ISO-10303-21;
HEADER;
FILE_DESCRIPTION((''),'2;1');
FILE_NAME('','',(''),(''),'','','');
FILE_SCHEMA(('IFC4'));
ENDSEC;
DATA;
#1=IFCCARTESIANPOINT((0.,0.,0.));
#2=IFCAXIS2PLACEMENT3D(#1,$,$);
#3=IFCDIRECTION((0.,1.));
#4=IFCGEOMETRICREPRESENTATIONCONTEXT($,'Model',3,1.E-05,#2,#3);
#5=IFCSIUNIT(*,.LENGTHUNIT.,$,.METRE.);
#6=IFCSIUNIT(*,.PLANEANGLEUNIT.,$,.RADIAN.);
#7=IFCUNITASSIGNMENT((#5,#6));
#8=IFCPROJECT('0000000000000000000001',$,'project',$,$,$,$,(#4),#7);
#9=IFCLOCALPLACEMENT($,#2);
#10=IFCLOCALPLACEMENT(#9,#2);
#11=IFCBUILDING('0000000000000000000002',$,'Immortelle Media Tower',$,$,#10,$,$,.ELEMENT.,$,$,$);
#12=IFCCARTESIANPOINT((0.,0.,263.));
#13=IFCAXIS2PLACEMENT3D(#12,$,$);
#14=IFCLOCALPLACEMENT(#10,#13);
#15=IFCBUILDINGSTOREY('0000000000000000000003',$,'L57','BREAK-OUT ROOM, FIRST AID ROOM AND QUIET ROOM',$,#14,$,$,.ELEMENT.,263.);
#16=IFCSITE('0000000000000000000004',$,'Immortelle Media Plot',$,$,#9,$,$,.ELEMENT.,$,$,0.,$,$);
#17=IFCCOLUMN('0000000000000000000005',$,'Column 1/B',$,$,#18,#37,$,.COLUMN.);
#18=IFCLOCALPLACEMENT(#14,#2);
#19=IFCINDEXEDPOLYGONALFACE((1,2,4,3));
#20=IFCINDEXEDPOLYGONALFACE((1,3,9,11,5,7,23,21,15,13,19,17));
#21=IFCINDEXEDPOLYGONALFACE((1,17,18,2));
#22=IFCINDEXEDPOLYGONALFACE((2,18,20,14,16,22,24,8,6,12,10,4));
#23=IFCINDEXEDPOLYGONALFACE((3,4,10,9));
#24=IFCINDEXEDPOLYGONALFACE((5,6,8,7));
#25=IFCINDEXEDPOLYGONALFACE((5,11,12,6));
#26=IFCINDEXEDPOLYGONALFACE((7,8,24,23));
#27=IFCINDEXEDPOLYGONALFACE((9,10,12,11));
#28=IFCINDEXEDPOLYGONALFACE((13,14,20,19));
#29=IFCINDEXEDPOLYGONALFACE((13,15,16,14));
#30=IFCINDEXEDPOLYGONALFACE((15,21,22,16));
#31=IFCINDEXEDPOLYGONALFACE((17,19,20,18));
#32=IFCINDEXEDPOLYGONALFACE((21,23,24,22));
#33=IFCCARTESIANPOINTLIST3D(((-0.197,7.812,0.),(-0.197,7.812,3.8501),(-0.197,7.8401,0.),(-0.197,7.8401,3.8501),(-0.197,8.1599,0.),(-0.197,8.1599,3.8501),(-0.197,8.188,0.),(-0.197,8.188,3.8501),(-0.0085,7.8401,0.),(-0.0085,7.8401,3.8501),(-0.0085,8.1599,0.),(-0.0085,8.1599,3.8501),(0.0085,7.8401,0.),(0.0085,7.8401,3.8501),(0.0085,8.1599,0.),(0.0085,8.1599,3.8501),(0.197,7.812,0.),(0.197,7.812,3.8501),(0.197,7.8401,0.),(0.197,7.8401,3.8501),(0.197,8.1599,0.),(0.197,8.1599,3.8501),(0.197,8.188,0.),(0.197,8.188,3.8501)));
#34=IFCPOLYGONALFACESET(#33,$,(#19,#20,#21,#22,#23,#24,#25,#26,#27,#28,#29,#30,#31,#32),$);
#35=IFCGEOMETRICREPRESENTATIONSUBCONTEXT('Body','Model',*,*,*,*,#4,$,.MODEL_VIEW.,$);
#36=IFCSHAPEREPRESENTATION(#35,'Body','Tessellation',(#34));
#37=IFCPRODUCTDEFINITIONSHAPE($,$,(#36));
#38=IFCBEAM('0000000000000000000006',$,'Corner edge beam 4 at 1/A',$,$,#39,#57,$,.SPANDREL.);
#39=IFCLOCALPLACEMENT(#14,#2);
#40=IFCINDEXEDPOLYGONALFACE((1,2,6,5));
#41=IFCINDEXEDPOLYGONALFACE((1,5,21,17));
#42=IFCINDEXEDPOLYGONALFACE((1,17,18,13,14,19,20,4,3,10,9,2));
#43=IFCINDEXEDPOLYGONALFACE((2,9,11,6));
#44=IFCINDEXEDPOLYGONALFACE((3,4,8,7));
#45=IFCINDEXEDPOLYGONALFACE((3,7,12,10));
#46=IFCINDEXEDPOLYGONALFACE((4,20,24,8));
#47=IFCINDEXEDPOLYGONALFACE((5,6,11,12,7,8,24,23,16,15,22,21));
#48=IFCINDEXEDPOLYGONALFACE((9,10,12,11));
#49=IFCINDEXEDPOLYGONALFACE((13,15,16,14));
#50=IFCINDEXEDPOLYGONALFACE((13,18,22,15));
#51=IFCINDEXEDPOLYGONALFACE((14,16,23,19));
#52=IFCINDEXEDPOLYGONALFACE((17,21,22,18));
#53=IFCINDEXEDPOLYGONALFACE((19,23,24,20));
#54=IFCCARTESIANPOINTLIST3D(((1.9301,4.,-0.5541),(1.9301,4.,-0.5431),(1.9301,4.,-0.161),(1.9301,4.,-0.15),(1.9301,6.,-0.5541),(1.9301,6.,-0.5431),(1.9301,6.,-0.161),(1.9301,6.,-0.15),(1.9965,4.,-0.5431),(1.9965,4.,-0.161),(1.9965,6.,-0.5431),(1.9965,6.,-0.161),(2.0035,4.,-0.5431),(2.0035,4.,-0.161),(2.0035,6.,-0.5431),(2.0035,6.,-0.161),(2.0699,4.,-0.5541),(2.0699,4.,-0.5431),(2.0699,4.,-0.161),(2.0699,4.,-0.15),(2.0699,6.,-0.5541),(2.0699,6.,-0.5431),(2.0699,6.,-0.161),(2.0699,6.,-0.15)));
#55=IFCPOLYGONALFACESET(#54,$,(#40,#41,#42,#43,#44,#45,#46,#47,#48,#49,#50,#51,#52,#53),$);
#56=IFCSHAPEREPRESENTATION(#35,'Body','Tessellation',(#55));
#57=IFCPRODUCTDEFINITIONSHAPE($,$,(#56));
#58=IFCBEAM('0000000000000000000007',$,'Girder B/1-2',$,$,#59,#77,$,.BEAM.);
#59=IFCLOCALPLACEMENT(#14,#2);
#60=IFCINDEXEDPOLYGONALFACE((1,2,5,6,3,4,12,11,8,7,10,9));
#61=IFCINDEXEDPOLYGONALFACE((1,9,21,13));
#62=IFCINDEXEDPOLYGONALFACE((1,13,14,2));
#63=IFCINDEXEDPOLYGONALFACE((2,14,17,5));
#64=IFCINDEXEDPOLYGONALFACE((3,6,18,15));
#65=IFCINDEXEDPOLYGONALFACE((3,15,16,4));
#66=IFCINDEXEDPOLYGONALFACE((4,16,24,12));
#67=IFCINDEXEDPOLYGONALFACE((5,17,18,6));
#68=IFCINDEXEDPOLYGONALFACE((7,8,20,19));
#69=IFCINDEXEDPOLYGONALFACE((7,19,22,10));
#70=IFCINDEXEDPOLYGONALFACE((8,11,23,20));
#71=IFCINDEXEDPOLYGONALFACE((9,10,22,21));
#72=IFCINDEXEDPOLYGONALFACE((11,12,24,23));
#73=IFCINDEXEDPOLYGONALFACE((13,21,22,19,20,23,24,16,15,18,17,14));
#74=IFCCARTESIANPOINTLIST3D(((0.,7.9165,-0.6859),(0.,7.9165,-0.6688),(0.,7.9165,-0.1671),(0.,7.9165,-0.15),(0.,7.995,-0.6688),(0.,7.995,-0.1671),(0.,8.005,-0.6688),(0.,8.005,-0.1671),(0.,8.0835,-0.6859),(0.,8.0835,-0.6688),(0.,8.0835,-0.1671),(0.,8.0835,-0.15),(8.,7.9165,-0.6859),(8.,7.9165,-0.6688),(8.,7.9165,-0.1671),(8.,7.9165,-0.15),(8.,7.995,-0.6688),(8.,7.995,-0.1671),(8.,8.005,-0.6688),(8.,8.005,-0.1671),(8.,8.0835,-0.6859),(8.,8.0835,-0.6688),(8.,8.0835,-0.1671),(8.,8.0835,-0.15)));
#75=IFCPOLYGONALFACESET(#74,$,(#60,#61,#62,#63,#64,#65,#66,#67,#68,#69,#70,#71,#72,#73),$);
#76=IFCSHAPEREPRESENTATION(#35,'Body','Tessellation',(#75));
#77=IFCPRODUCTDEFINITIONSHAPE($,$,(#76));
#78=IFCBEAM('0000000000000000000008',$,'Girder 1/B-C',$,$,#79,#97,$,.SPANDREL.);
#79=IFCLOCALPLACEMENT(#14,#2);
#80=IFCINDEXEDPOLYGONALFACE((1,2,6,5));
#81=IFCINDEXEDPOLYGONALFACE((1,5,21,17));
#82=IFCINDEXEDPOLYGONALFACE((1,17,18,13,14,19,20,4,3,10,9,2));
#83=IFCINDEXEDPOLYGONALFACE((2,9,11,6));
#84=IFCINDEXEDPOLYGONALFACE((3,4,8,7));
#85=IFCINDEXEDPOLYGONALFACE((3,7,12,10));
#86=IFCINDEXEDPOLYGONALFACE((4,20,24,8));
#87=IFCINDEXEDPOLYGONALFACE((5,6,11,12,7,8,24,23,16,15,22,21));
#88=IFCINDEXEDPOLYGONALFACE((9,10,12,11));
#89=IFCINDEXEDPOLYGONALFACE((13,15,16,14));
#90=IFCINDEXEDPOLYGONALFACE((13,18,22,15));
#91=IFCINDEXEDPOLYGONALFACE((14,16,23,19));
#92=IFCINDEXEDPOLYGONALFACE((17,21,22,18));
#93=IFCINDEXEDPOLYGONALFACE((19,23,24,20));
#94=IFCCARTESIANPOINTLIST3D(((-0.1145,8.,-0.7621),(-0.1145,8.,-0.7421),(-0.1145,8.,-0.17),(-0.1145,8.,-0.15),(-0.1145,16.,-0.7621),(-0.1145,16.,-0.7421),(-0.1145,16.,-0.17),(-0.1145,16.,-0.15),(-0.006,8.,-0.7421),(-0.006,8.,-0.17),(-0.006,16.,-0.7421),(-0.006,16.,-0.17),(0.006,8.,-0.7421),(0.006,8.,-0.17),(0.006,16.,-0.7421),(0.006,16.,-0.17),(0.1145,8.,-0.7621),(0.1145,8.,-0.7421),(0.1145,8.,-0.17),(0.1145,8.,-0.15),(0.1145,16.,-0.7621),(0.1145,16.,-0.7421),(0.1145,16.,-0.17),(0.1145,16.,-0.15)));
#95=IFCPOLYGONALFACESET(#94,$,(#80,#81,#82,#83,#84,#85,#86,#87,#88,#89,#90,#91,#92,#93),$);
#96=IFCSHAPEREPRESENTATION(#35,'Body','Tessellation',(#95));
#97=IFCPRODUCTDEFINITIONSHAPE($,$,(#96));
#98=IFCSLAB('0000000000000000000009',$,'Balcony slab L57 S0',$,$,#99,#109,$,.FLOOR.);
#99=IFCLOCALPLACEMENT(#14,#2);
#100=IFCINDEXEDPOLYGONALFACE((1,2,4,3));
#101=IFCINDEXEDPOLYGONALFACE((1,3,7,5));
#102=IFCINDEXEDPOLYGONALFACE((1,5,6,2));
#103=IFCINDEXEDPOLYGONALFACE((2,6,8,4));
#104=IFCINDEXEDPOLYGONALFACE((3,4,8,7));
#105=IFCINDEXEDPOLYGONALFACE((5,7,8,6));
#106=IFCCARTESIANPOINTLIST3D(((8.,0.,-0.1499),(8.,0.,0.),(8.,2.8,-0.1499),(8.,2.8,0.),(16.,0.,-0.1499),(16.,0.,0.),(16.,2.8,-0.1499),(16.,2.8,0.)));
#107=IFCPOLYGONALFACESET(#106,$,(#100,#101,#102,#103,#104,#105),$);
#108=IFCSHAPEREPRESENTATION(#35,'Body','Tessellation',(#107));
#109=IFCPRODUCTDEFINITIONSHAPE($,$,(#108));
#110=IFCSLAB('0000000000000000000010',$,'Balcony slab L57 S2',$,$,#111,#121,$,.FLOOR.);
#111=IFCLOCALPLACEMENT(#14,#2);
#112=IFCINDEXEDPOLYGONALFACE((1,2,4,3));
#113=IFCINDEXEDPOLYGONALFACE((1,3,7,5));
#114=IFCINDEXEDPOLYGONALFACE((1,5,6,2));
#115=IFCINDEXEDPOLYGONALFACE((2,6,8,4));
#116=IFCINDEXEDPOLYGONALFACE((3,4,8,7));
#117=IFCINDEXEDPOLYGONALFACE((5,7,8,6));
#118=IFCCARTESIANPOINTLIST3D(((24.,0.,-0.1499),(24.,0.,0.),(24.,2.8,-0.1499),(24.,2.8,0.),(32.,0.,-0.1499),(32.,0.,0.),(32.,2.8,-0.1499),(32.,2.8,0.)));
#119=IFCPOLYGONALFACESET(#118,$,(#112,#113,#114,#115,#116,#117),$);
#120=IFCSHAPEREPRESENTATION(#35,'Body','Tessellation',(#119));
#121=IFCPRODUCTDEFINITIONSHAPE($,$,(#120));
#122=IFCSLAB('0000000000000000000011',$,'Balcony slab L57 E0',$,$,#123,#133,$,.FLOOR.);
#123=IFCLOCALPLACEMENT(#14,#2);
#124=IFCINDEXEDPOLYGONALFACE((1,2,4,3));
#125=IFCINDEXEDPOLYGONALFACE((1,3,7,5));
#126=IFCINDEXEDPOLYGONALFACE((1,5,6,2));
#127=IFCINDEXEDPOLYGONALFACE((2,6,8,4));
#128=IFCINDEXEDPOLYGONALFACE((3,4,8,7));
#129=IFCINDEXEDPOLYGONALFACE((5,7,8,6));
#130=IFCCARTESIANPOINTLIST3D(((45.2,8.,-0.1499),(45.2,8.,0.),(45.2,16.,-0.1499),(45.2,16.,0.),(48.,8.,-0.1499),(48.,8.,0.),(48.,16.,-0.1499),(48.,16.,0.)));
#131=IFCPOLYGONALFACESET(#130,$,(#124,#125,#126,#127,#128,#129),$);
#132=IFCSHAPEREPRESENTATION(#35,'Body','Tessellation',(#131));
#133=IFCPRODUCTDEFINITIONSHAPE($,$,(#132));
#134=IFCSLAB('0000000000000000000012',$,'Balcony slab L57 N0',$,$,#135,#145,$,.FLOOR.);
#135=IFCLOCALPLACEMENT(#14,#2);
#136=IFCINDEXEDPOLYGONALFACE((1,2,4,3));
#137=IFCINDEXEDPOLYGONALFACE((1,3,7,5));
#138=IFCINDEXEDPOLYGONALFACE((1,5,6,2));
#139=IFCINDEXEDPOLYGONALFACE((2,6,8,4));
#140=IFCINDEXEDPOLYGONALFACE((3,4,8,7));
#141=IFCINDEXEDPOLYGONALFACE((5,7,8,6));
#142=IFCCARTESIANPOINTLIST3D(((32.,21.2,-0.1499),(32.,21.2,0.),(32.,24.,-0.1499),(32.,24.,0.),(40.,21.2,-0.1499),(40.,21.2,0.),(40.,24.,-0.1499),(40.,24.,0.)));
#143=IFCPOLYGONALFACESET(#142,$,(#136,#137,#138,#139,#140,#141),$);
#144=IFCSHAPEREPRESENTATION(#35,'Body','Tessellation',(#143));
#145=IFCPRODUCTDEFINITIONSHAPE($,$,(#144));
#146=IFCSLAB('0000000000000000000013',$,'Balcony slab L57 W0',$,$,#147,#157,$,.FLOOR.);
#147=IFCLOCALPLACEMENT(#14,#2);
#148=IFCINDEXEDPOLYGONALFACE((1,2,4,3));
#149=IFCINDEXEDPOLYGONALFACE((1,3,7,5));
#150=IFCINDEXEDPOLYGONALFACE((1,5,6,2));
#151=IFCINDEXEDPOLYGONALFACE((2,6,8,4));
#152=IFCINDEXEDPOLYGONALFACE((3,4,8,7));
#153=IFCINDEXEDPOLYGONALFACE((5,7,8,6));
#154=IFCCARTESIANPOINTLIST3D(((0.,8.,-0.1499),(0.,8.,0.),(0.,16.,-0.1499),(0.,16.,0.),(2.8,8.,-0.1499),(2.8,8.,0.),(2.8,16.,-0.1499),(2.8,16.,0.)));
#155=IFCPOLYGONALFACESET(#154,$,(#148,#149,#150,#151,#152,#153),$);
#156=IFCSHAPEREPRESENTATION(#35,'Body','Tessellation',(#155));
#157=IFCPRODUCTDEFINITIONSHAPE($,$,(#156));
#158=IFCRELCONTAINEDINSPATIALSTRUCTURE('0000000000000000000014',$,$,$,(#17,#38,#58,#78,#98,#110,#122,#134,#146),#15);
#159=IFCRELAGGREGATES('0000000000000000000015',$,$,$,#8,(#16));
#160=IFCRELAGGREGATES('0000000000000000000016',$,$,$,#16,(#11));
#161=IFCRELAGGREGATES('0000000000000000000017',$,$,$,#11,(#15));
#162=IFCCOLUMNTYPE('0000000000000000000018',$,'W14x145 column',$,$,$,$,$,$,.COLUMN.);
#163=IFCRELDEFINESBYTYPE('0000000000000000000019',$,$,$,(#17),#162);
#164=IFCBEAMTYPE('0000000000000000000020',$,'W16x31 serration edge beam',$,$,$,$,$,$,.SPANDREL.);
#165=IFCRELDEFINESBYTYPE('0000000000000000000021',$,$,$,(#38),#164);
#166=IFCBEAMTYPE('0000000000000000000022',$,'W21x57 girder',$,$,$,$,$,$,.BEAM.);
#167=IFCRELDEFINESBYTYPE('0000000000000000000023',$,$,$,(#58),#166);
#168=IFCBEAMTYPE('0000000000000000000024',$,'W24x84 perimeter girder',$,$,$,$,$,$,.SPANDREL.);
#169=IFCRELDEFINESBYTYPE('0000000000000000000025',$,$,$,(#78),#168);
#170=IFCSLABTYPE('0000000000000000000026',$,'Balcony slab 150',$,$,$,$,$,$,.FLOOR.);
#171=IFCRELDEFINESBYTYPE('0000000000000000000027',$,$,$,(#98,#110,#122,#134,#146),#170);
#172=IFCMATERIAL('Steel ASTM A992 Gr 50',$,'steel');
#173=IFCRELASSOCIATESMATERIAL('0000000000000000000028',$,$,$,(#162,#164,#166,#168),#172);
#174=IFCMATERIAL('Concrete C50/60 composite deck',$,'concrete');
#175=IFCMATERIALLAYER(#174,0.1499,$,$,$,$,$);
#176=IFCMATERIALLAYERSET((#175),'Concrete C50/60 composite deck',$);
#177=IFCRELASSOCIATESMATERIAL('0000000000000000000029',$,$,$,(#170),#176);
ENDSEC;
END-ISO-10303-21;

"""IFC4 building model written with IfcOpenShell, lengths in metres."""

from ifc_helpers import new_model, si_unit, direction, frame, origin, origin_2d, place, context, subcontext, project, spatial, polyline, i_section, outline, extrude, material, layer, layer_set, material_profile, profile_set, type_object, element, save


model = new_model("IFC4")

# Units and contexts
model_context = context("Model", 3, precision=1e-05, world=origin(), true_north=direction((0.0, 1.0)))
body_context = subcontext(model_context, "Body", "Model", "MODEL_VIEW")
ifc_project = project(units=[si_unit("LENGTHUNIT", "METRE"), si_unit("PLANEANGLEUNIT", "RADIAN")], contexts=[model_context])

# Site, building, storey
site_placement = place(None, origin())
site = spatial("IfcSite", under=ifc_project, at=site_placement, Name="Immortelle Media Plot", CompositionType="ELEMENT", RefElevation=0.0)
building_placement = place(site_placement, origin())
building = spatial("IfcBuilding", under=site, at=building_placement, Name="Immortelle Media Tower", CompositionType="ELEMENT")
storey_placement = place(building_placement, frame((0.0, 0.0, 263.0)))
storey = spatial("IfcBuildingStorey", under=building, at=storey_placement, Name="L57", Description="BREAK-OUT ROOM, FIRST AID ROOM AND QUIET ROOM", CompositionType="ELEMENT", Elevation=263.0)

# Column
ifc_material_1 = material(Name="Steel ASTM A992 Gr 50", Category="steel")
ifc_material_profile_1 = material_profile(ifc_material_1, i_section(OverallWidth=0.394, OverallDepth=0.376, WebThickness=0.0171, FlangeThickness=0.0281, at=origin_2d()), Name="W14x145")
ifc_profile_set_1 = profile_set([ifc_material_profile_1], Name="Steel ASTM A992 Gr 50")
column_type = type_object("IfcColumnType", Name="W14x145 column", PredefinedType="COLUMN", material=ifc_profile_set_1)
column_placement = place(storey_placement, frame((0.0, 8.0, 0.0), z_axis=(0.0, 0.0, 1.0), x_axis=(1.0, 0.0, 0.0)))
element("IfcColumn", 1, at=column_placement, inside=storey, type_object=column_type, Name="Column 1/B", PredefinedType="COLUMN", context=body_context, shape_type="SweptSolid", body=[
    extrude(i_section(OverallWidth=0.394, OverallDepth=0.376, WebThickness=0.0171, FlangeThickness=0.0281, at=origin_2d()), origin(), (0.0, 0.0, 1.0), 3.8501),
])

# Beams
ifc_material_profile_2 = material_profile(ifc_material_1, i_section(OverallWidth=0.1399, OverallDepth=0.4041, WebThickness=0.0071, FlangeThickness=0.011, at=origin_2d()), Name="W16x31")
ifc_profile_set_2 = profile_set([ifc_material_profile_2], Name="Steel ASTM A992 Gr 50")
beam_type_1 = type_object("IfcBeamType", Name="W16x31 serration edge beam", PredefinedType="SPANDREL", material=ifc_profile_set_2)
beam_1_placement = place(storey_placement, frame((2.0, 4.0, -0.3521), z_axis=(0.0, 1.0, 0.0), x_axis=(-1.0, 0.0, 0.0)))
element("IfcBeam", 2, at=beam_1_placement, inside=storey, type_object=beam_type_1, Name="Corner edge beam 4 at 1/A", PredefinedType="SPANDREL", context=body_context, shape_type="SweptSolid", body=[
    extrude(i_section(OverallWidth=0.1399, OverallDepth=0.4041, WebThickness=0.0071, FlangeThickness=0.011, at=origin_2d()), origin(), (0.0, 0.0, 1.0), 2.0),
])
ifc_material_profile_3 = material_profile(ifc_material_1, i_section(OverallWidth=0.167, OverallDepth=0.5359, WebThickness=0.01, FlangeThickness=0.0171, at=origin_2d()), Name="W21x57")
ifc_profile_set_3 = profile_set([ifc_material_profile_3], Name="Steel ASTM A992 Gr 50")
beam_type_2 = type_object("IfcBeamType", Name="W21x57 girder", PredefinedType="BEAM", material=ifc_profile_set_3)
beam_2_placement = place(storey_placement, frame((0.0, 8.0, -0.418), z_axis=(1.0, 0.0, 0.0), x_axis=(0.0, 1.0, 0.0)))
element("IfcBeam", 3, at=beam_2_placement, inside=storey, type_object=beam_type_2, Name="Girder B/1-2", PredefinedType="BEAM", context=body_context, shape_type="SweptSolid", body=[
    extrude(i_section(OverallWidth=0.167, OverallDepth=0.5359, WebThickness=0.01, FlangeThickness=0.0171, at=origin_2d()), origin(), (0.0, 0.0, 1.0), 8.0),
])
ifc_material_profile_4 = material_profile(ifc_material_1, i_section(OverallWidth=0.229, OverallDepth=0.6121, WebThickness=0.012, FlangeThickness=0.02, at=origin_2d()), Name="W24x84")
ifc_profile_set_4 = profile_set([ifc_material_profile_4], Name="Steel ASTM A992 Gr 50")
beam_type_3 = type_object("IfcBeamType", Name="W24x84 perimeter girder", PredefinedType="SPANDREL", material=ifc_profile_set_4)
beam_3_placement = place(storey_placement, frame((0.0, 8.0, -0.4561), z_axis=(0.0, 1.0, 0.0), x_axis=(-1.0, 0.0, 0.0)))
element("IfcBeam", 4, at=beam_3_placement, inside=storey, type_object=beam_type_3, Name="Girder 1/B-C", PredefinedType="SPANDREL", context=body_context, shape_type="SweptSolid", body=[
    extrude(i_section(OverallWidth=0.229, OverallDepth=0.6121, WebThickness=0.012, FlangeThickness=0.02, at=origin_2d()), origin(), (0.0, 0.0, 1.0), 8.0),
])

# Slabs
ifc_material_2 = material(Name="Concrete C50/60 composite deck", Category="concrete")
ifc_layer_1 = layer(ifc_material_2, 0.1499)
ifc_layer_set_1 = layer_set([ifc_layer_1], Name="Concrete C50/60 composite deck")
slab_type_1 = type_object("IfcSlabType", Name="Balcony slab 150", PredefinedType="FLOOR", material=ifc_layer_set_1)
slab_1_placement = place(storey_placement, frame((0.0, 0.0, -0.1499)))
element("IfcSlab", 5, at=slab_1_placement, inside=storey, type_object=slab_type_1, Name="Balcony slab L57 S0", PredefinedType="FLOOR", context=body_context, shape_type="SweptSolid", body=[
    extrude(outline(polyline([(16.0, 0.0), (16.0, 2.8), (8.0, 2.8), (8.0, 0.0), (16.0, 0.0)])), origin(), (0.0, 0.0, 1.0), 0.1499),
])
slab_2_placement = place(storey_placement, frame((0.0, 0.0, -0.1499)))
element("IfcSlab", 6, at=slab_2_placement, inside=storey, type_object=slab_type_1, Name="Balcony slab L57 S2", PredefinedType="FLOOR", context=body_context, shape_type="SweptSolid", body=[
    extrude(outline(polyline([(32.0, 0.0), (32.0, 2.8), (24.0, 2.8), (24.0, 0.0), (32.0, 0.0)])), origin(), (0.0, 0.0, 1.0), 0.1499),
])
slab_3_placement = place(storey_placement, frame((0.0, 0.0, -0.1499)))
element("IfcSlab", 7, at=slab_3_placement, inside=storey, type_object=slab_type_1, Name="Balcony slab L57 E0", PredefinedType="FLOOR", context=body_context, shape_type="SweptSolid", body=[
    extrude(outline(polyline([(48.0, 8.0), (48.0, 16.0), (45.2, 16.0), (45.2, 8.0), (48.0, 8.0)])), origin(), (0.0, 0.0, 1.0), 0.1499),
])
slab_4_placement = place(storey_placement, frame((0.0, 0.0, -0.1499)))
element("IfcSlab", 8, at=slab_4_placement, inside=storey, type_object=slab_type_1, Name="Balcony slab L57 N0", PredefinedType="FLOOR", context=body_context, shape_type="SweptSolid", body=[
    extrude(outline(polyline([(40.0, 21.2), (40.0, 24.0), (32.0, 24.0), (32.0, 21.2), (40.0, 21.2)])), origin(), (0.0, 0.0, 1.0), 0.1499),
])
slab_5_placement = place(storey_placement, frame((0.0, 0.0, -0.1499)))
element("IfcSlab", 9, at=slab_5_placement, inside=storey, type_object=slab_type_1, Name="Balcony slab L57 W0", PredefinedType="FLOOR", context=body_context, shape_type="SweptSolid", body=[
    extrude(outline(polyline([(2.8, 8.0), (2.8, 16.0), (0.0, 16.0), (0.0, 8.0), (2.8, 8.0)])), origin(), (0.0, 0.0, 1.0), 0.1499),
])

save(model, "model.ifc")
